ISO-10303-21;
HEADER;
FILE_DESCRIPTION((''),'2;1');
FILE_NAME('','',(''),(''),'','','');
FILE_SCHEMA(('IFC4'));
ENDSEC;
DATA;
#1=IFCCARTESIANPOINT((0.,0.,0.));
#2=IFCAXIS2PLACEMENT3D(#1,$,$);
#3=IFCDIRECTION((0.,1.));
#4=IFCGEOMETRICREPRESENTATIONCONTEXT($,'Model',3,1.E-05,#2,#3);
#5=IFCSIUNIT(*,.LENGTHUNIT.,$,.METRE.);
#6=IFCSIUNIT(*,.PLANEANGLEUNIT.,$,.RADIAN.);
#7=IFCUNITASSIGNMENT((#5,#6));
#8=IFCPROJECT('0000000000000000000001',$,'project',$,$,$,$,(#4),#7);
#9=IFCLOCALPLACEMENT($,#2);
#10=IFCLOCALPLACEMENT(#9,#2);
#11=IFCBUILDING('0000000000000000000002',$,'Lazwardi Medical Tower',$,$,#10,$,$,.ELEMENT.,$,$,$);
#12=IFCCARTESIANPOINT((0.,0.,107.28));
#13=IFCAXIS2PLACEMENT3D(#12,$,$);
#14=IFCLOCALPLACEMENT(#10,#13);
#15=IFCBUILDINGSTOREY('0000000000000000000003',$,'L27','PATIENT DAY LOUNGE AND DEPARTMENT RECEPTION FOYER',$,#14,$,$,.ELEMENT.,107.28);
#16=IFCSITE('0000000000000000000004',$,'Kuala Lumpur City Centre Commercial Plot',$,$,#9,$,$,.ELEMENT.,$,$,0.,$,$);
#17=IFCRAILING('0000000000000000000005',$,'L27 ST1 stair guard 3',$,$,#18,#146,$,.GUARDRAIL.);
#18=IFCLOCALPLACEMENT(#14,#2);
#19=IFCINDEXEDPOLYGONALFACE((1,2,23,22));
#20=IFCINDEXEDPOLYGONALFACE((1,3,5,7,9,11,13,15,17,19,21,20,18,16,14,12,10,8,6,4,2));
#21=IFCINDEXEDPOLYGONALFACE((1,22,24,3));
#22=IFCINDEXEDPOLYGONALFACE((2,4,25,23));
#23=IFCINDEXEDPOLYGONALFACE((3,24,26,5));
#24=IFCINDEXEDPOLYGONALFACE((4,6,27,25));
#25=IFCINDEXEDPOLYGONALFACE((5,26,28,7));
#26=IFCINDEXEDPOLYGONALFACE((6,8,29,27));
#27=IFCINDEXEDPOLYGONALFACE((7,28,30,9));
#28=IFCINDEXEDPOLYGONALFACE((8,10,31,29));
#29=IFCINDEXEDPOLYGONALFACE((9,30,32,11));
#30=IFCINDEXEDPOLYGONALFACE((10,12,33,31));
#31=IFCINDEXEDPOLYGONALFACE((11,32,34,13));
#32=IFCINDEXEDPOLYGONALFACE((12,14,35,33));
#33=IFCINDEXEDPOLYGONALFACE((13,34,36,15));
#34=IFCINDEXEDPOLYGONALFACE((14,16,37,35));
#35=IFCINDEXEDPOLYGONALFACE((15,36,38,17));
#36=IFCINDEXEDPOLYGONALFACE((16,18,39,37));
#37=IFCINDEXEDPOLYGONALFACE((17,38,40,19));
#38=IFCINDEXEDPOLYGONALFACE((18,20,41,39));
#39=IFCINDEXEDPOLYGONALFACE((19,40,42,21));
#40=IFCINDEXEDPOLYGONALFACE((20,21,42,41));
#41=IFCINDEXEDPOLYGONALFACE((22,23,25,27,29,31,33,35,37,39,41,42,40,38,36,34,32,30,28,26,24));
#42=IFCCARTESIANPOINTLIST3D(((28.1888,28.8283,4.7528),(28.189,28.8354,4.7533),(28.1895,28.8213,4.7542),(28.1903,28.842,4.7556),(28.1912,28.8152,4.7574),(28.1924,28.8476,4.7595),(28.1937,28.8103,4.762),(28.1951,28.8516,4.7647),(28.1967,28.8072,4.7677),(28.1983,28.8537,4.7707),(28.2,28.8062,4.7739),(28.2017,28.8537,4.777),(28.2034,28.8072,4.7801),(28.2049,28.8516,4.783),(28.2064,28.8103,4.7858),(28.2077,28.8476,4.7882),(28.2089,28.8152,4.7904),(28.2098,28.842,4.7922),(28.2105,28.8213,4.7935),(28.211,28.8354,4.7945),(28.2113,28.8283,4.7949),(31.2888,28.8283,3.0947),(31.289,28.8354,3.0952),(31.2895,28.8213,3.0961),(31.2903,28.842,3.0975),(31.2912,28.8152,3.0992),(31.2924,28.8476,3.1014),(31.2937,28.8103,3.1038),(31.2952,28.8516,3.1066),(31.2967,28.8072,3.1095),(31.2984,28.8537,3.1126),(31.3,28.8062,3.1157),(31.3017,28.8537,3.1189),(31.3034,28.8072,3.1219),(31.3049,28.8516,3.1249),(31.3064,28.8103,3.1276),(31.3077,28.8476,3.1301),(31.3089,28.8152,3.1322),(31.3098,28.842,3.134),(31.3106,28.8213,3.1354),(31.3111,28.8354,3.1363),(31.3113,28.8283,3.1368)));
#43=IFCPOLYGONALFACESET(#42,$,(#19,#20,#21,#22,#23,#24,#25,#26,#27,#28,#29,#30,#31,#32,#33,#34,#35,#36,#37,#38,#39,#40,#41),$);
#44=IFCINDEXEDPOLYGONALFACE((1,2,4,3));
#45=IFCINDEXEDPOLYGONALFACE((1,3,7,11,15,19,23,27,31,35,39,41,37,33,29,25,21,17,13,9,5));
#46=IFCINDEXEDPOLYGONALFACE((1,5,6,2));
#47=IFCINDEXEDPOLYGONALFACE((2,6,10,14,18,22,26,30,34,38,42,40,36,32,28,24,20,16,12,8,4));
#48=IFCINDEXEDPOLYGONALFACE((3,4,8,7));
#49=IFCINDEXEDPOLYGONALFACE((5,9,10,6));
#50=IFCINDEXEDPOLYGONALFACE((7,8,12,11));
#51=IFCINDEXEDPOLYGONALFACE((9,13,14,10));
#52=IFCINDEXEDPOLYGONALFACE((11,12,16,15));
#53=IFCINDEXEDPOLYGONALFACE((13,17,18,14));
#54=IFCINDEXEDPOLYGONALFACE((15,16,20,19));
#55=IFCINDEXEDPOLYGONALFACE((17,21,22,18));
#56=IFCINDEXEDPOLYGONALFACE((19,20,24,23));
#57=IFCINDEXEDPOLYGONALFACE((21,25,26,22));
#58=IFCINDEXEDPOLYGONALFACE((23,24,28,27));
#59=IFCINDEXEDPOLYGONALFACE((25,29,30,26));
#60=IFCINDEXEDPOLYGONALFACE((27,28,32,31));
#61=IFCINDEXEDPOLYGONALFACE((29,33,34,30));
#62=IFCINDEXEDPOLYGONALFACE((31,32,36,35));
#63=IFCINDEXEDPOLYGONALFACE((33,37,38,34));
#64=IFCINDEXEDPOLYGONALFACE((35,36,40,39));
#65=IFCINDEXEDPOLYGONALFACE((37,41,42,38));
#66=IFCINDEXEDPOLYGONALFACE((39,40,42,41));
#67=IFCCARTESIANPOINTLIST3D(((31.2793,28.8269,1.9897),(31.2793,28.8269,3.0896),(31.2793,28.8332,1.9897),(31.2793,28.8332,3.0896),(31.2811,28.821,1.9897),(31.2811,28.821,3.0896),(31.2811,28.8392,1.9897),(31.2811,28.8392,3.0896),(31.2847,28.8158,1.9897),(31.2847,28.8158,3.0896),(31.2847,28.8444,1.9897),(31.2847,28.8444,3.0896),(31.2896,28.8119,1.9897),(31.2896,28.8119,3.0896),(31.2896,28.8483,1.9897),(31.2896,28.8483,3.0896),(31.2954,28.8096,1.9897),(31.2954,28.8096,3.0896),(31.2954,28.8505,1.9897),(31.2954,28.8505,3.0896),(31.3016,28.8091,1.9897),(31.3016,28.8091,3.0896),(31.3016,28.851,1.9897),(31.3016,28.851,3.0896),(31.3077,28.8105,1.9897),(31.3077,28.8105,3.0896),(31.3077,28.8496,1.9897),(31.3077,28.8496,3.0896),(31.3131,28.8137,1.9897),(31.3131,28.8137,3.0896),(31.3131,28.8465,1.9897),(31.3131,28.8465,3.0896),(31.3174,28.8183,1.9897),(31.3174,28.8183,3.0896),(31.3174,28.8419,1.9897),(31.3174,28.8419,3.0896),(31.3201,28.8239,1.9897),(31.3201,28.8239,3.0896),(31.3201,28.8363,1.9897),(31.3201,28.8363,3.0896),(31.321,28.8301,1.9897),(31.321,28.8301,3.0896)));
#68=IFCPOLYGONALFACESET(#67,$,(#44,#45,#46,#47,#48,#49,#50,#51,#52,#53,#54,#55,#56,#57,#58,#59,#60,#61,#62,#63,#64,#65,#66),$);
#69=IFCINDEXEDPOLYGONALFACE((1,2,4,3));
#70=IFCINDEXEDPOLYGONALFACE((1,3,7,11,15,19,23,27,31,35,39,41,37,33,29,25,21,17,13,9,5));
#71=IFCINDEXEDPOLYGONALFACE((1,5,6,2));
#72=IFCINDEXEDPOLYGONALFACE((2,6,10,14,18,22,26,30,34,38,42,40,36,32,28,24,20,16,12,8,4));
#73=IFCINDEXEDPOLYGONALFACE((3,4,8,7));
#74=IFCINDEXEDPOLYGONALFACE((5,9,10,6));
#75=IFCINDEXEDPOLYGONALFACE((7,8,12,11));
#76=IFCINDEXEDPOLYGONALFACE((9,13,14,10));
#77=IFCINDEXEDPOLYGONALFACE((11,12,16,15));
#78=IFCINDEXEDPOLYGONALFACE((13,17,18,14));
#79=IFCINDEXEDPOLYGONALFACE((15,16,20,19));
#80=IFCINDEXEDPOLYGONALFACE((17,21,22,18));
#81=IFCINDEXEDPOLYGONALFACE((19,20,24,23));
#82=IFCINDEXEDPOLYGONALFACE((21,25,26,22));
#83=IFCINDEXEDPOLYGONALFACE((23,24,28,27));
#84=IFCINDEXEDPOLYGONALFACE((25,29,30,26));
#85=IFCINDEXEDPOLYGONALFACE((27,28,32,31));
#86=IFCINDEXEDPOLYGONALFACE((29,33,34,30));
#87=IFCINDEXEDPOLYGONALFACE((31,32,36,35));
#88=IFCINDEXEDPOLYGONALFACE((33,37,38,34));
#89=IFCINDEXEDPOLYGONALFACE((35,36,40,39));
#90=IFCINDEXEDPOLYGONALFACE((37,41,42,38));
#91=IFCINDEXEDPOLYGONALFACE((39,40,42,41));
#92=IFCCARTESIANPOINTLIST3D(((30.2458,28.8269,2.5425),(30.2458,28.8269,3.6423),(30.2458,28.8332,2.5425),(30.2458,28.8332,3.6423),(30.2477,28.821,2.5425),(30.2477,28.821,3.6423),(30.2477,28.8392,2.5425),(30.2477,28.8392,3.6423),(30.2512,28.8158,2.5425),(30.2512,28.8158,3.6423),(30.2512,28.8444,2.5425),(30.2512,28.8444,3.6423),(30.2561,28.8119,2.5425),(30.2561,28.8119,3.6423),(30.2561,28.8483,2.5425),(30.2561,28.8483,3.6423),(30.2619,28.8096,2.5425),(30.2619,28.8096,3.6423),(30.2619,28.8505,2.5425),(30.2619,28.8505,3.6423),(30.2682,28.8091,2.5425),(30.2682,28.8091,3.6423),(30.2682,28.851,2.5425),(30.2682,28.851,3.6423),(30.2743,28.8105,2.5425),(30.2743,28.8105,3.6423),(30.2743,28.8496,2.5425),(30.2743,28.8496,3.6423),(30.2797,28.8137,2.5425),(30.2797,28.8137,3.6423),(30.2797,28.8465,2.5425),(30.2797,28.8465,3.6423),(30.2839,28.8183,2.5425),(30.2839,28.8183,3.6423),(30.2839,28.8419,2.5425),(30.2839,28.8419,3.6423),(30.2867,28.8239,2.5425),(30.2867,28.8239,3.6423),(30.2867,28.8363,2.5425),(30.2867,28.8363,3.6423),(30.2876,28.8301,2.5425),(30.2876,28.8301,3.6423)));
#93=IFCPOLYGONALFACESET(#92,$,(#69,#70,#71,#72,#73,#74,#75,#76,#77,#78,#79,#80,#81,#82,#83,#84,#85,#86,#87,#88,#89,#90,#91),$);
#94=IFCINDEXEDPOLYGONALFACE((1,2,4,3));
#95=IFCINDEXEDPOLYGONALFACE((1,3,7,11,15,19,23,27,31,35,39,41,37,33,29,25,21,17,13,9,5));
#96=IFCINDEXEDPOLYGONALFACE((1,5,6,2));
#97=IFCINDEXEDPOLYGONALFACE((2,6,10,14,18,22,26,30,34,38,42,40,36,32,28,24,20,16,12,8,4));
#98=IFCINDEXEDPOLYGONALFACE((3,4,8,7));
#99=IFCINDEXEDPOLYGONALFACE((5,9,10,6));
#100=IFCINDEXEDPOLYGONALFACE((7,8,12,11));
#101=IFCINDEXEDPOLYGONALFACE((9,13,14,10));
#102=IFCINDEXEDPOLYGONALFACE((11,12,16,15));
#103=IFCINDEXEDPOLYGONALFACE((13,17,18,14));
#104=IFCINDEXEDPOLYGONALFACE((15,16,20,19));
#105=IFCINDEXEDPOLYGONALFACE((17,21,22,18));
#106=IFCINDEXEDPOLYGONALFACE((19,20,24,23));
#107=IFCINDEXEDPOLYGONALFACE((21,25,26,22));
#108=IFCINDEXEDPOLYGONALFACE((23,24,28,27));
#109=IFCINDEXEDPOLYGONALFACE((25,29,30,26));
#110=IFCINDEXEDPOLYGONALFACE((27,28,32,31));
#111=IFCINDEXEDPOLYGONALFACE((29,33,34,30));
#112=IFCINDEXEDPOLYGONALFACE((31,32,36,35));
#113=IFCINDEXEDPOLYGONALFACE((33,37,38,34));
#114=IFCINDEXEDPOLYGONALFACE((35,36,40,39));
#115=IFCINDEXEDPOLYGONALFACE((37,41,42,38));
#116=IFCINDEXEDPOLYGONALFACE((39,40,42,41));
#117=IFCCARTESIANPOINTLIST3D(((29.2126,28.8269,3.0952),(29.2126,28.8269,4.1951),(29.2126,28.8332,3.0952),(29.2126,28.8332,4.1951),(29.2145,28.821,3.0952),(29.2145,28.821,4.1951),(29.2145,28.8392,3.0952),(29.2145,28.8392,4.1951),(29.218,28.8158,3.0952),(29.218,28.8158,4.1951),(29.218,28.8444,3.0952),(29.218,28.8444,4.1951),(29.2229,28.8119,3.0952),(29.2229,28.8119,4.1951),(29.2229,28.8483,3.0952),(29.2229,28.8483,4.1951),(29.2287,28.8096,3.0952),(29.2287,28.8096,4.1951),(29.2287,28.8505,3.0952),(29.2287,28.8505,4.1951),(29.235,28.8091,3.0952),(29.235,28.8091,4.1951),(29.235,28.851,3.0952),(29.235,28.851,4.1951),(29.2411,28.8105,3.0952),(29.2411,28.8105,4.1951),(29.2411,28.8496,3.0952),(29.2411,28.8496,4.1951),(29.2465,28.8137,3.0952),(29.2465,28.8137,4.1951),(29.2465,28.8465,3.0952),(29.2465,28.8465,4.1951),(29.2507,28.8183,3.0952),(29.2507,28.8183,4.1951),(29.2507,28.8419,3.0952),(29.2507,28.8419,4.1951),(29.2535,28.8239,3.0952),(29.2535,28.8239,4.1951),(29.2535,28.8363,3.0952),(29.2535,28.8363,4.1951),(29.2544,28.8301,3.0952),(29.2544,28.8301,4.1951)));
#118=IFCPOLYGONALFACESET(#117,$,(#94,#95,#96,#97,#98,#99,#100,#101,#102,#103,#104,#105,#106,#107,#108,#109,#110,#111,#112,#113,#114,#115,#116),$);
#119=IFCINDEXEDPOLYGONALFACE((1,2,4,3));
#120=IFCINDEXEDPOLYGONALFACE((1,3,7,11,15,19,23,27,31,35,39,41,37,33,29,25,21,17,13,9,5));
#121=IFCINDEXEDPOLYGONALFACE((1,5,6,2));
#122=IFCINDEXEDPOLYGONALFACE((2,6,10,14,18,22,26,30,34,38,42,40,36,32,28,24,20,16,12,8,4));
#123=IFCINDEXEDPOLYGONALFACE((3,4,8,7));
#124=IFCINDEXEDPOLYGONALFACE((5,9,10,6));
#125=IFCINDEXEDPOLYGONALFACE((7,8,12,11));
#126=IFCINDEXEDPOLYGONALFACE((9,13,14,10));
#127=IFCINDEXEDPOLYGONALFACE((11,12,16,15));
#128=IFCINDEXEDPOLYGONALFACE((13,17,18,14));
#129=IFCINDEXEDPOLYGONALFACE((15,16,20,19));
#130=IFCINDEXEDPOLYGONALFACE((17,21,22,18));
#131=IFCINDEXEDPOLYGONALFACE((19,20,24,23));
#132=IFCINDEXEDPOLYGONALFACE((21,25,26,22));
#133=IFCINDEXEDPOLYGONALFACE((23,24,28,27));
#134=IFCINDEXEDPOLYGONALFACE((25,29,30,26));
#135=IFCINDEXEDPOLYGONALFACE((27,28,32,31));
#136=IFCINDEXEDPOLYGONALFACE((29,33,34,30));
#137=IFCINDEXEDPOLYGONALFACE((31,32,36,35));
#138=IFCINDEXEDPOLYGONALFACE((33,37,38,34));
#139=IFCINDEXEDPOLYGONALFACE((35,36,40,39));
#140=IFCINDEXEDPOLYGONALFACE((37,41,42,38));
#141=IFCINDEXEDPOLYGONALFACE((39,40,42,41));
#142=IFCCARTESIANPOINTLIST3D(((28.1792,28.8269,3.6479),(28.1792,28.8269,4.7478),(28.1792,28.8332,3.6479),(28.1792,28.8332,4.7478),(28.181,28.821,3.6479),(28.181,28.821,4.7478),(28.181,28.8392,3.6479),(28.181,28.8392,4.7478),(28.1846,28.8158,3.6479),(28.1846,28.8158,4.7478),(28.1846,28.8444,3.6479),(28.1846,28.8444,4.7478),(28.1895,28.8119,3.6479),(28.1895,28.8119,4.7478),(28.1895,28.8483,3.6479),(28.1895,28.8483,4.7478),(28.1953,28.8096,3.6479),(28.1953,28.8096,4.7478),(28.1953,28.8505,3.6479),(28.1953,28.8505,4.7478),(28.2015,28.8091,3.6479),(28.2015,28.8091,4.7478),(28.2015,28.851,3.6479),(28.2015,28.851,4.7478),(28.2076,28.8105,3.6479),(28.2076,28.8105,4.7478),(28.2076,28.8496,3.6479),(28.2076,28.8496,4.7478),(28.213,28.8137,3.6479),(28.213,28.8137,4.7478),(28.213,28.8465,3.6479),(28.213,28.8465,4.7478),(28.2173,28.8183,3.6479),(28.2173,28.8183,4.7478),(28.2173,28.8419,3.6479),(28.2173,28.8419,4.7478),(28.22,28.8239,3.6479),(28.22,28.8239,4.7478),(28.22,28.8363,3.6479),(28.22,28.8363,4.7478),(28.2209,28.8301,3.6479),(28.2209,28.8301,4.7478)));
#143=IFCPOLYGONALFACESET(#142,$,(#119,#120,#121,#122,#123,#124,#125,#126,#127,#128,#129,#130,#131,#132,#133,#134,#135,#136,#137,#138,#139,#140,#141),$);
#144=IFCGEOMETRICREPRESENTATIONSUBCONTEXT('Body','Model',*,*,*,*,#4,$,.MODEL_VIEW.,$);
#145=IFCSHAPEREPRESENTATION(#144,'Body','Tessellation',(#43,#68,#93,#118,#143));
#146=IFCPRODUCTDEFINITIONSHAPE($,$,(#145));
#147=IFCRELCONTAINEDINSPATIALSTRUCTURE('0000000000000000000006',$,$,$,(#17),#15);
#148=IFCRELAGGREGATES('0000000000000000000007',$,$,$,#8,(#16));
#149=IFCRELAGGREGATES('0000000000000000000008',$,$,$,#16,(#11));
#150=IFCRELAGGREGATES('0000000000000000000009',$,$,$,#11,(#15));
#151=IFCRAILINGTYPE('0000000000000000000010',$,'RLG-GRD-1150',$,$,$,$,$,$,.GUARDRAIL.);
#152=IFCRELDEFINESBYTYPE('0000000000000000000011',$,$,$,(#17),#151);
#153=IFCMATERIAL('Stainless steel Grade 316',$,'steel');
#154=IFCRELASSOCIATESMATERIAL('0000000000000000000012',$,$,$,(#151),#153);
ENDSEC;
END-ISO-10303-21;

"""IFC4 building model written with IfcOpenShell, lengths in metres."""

from ifc_helpers import new_model, si_unit, direction, frame, origin, origin_2d, place, context, subcontext, project, spatial, circle, extrude, material, type_object, element, save


model = new_model("IFC4")

# Units and contexts
model_context = context("Model", 3, precision=1e-05, world=origin(), true_north=direction((0.0, 1.0)))
body_context = subcontext(model_context, "Body", "Model", "MODEL_VIEW")
ifc_project = project(units=[si_unit("LENGTHUNIT", "METRE"), si_unit("PLANEANGLEUNIT", "RADIAN")], contexts=[model_context])

# Site, building, storey
site_placement = place(None, origin())
site = spatial("IfcSite", under=ifc_project, at=site_placement, Name="Kuala Lumpur City Centre Commercial Plot", CompositionType="ELEMENT", RefElevation=0.0)
building_placement = place(site_placement, origin())
building = spatial("IfcBuilding", under=site, at=building_placement, Name="Lazwardi Medical Tower", CompositionType="ELEMENT")
storey_placement = place(building_placement, frame((0.0, 0.0, 107.28)))
storey = spatial("IfcBuildingStorey", under=building, at=storey_placement, Name="L27", Description="PATIENT DAY LOUNGE AND DEPARTMENT RECEPTION FOYER", CompositionType="ELEMENT", Elevation=107.28)

# Railing
ifc_material_1 = material(Name="Stainless steel Grade 316", Category="steel")
railing_type_1 = type_object("IfcRailingType", Name="RLG-GRD-1150", PredefinedType="GUARDRAIL", material=ifc_material_1)
railing_1_placement = place(storey_placement, frame((31.3, 28.8301, 1.9897)))
element("IfcRailing", 1, at=railing_1_placement, inside=storey, type_object=railing_type_1, Name="L27 ST1 stair guard 3", PredefinedType="GUARDRAIL", context=body_context, shape_type="SweptSolid", body=[
    extrude(circle(Radius=0.0239, at=origin_2d()), frame((0.0, 0.0, 1.126), z_axis=(-0.881783, 0.0, 0.471655), x_axis=(0.0, -1.0, 0.0)), (0.0, 0.0, 1.0), 3.5156),
    extrude(circle(Radius=0.021, at=origin_2d()), origin(), (0.0, 0.0, 1.0), 1.0999),
    extrude(circle(Radius=0.021, at=origin_2d()), frame((-1.0334, 0.0, 0.5527)), (0.0, 0.0, 1.0), 1.0999),
    extrude(circle(Radius=0.021, at=origin_2d()), frame((-2.0667, 0.0, 1.1055)), (0.0, 0.0, 1.0), 1.0999),
    extrude(circle(Radius=0.021, at=origin_2d()), frame((-3.1001, 0.0, 1.6582)), (0.0, 0.0, 1.0), 1.0999),
])

save(model, "model.ifc")
